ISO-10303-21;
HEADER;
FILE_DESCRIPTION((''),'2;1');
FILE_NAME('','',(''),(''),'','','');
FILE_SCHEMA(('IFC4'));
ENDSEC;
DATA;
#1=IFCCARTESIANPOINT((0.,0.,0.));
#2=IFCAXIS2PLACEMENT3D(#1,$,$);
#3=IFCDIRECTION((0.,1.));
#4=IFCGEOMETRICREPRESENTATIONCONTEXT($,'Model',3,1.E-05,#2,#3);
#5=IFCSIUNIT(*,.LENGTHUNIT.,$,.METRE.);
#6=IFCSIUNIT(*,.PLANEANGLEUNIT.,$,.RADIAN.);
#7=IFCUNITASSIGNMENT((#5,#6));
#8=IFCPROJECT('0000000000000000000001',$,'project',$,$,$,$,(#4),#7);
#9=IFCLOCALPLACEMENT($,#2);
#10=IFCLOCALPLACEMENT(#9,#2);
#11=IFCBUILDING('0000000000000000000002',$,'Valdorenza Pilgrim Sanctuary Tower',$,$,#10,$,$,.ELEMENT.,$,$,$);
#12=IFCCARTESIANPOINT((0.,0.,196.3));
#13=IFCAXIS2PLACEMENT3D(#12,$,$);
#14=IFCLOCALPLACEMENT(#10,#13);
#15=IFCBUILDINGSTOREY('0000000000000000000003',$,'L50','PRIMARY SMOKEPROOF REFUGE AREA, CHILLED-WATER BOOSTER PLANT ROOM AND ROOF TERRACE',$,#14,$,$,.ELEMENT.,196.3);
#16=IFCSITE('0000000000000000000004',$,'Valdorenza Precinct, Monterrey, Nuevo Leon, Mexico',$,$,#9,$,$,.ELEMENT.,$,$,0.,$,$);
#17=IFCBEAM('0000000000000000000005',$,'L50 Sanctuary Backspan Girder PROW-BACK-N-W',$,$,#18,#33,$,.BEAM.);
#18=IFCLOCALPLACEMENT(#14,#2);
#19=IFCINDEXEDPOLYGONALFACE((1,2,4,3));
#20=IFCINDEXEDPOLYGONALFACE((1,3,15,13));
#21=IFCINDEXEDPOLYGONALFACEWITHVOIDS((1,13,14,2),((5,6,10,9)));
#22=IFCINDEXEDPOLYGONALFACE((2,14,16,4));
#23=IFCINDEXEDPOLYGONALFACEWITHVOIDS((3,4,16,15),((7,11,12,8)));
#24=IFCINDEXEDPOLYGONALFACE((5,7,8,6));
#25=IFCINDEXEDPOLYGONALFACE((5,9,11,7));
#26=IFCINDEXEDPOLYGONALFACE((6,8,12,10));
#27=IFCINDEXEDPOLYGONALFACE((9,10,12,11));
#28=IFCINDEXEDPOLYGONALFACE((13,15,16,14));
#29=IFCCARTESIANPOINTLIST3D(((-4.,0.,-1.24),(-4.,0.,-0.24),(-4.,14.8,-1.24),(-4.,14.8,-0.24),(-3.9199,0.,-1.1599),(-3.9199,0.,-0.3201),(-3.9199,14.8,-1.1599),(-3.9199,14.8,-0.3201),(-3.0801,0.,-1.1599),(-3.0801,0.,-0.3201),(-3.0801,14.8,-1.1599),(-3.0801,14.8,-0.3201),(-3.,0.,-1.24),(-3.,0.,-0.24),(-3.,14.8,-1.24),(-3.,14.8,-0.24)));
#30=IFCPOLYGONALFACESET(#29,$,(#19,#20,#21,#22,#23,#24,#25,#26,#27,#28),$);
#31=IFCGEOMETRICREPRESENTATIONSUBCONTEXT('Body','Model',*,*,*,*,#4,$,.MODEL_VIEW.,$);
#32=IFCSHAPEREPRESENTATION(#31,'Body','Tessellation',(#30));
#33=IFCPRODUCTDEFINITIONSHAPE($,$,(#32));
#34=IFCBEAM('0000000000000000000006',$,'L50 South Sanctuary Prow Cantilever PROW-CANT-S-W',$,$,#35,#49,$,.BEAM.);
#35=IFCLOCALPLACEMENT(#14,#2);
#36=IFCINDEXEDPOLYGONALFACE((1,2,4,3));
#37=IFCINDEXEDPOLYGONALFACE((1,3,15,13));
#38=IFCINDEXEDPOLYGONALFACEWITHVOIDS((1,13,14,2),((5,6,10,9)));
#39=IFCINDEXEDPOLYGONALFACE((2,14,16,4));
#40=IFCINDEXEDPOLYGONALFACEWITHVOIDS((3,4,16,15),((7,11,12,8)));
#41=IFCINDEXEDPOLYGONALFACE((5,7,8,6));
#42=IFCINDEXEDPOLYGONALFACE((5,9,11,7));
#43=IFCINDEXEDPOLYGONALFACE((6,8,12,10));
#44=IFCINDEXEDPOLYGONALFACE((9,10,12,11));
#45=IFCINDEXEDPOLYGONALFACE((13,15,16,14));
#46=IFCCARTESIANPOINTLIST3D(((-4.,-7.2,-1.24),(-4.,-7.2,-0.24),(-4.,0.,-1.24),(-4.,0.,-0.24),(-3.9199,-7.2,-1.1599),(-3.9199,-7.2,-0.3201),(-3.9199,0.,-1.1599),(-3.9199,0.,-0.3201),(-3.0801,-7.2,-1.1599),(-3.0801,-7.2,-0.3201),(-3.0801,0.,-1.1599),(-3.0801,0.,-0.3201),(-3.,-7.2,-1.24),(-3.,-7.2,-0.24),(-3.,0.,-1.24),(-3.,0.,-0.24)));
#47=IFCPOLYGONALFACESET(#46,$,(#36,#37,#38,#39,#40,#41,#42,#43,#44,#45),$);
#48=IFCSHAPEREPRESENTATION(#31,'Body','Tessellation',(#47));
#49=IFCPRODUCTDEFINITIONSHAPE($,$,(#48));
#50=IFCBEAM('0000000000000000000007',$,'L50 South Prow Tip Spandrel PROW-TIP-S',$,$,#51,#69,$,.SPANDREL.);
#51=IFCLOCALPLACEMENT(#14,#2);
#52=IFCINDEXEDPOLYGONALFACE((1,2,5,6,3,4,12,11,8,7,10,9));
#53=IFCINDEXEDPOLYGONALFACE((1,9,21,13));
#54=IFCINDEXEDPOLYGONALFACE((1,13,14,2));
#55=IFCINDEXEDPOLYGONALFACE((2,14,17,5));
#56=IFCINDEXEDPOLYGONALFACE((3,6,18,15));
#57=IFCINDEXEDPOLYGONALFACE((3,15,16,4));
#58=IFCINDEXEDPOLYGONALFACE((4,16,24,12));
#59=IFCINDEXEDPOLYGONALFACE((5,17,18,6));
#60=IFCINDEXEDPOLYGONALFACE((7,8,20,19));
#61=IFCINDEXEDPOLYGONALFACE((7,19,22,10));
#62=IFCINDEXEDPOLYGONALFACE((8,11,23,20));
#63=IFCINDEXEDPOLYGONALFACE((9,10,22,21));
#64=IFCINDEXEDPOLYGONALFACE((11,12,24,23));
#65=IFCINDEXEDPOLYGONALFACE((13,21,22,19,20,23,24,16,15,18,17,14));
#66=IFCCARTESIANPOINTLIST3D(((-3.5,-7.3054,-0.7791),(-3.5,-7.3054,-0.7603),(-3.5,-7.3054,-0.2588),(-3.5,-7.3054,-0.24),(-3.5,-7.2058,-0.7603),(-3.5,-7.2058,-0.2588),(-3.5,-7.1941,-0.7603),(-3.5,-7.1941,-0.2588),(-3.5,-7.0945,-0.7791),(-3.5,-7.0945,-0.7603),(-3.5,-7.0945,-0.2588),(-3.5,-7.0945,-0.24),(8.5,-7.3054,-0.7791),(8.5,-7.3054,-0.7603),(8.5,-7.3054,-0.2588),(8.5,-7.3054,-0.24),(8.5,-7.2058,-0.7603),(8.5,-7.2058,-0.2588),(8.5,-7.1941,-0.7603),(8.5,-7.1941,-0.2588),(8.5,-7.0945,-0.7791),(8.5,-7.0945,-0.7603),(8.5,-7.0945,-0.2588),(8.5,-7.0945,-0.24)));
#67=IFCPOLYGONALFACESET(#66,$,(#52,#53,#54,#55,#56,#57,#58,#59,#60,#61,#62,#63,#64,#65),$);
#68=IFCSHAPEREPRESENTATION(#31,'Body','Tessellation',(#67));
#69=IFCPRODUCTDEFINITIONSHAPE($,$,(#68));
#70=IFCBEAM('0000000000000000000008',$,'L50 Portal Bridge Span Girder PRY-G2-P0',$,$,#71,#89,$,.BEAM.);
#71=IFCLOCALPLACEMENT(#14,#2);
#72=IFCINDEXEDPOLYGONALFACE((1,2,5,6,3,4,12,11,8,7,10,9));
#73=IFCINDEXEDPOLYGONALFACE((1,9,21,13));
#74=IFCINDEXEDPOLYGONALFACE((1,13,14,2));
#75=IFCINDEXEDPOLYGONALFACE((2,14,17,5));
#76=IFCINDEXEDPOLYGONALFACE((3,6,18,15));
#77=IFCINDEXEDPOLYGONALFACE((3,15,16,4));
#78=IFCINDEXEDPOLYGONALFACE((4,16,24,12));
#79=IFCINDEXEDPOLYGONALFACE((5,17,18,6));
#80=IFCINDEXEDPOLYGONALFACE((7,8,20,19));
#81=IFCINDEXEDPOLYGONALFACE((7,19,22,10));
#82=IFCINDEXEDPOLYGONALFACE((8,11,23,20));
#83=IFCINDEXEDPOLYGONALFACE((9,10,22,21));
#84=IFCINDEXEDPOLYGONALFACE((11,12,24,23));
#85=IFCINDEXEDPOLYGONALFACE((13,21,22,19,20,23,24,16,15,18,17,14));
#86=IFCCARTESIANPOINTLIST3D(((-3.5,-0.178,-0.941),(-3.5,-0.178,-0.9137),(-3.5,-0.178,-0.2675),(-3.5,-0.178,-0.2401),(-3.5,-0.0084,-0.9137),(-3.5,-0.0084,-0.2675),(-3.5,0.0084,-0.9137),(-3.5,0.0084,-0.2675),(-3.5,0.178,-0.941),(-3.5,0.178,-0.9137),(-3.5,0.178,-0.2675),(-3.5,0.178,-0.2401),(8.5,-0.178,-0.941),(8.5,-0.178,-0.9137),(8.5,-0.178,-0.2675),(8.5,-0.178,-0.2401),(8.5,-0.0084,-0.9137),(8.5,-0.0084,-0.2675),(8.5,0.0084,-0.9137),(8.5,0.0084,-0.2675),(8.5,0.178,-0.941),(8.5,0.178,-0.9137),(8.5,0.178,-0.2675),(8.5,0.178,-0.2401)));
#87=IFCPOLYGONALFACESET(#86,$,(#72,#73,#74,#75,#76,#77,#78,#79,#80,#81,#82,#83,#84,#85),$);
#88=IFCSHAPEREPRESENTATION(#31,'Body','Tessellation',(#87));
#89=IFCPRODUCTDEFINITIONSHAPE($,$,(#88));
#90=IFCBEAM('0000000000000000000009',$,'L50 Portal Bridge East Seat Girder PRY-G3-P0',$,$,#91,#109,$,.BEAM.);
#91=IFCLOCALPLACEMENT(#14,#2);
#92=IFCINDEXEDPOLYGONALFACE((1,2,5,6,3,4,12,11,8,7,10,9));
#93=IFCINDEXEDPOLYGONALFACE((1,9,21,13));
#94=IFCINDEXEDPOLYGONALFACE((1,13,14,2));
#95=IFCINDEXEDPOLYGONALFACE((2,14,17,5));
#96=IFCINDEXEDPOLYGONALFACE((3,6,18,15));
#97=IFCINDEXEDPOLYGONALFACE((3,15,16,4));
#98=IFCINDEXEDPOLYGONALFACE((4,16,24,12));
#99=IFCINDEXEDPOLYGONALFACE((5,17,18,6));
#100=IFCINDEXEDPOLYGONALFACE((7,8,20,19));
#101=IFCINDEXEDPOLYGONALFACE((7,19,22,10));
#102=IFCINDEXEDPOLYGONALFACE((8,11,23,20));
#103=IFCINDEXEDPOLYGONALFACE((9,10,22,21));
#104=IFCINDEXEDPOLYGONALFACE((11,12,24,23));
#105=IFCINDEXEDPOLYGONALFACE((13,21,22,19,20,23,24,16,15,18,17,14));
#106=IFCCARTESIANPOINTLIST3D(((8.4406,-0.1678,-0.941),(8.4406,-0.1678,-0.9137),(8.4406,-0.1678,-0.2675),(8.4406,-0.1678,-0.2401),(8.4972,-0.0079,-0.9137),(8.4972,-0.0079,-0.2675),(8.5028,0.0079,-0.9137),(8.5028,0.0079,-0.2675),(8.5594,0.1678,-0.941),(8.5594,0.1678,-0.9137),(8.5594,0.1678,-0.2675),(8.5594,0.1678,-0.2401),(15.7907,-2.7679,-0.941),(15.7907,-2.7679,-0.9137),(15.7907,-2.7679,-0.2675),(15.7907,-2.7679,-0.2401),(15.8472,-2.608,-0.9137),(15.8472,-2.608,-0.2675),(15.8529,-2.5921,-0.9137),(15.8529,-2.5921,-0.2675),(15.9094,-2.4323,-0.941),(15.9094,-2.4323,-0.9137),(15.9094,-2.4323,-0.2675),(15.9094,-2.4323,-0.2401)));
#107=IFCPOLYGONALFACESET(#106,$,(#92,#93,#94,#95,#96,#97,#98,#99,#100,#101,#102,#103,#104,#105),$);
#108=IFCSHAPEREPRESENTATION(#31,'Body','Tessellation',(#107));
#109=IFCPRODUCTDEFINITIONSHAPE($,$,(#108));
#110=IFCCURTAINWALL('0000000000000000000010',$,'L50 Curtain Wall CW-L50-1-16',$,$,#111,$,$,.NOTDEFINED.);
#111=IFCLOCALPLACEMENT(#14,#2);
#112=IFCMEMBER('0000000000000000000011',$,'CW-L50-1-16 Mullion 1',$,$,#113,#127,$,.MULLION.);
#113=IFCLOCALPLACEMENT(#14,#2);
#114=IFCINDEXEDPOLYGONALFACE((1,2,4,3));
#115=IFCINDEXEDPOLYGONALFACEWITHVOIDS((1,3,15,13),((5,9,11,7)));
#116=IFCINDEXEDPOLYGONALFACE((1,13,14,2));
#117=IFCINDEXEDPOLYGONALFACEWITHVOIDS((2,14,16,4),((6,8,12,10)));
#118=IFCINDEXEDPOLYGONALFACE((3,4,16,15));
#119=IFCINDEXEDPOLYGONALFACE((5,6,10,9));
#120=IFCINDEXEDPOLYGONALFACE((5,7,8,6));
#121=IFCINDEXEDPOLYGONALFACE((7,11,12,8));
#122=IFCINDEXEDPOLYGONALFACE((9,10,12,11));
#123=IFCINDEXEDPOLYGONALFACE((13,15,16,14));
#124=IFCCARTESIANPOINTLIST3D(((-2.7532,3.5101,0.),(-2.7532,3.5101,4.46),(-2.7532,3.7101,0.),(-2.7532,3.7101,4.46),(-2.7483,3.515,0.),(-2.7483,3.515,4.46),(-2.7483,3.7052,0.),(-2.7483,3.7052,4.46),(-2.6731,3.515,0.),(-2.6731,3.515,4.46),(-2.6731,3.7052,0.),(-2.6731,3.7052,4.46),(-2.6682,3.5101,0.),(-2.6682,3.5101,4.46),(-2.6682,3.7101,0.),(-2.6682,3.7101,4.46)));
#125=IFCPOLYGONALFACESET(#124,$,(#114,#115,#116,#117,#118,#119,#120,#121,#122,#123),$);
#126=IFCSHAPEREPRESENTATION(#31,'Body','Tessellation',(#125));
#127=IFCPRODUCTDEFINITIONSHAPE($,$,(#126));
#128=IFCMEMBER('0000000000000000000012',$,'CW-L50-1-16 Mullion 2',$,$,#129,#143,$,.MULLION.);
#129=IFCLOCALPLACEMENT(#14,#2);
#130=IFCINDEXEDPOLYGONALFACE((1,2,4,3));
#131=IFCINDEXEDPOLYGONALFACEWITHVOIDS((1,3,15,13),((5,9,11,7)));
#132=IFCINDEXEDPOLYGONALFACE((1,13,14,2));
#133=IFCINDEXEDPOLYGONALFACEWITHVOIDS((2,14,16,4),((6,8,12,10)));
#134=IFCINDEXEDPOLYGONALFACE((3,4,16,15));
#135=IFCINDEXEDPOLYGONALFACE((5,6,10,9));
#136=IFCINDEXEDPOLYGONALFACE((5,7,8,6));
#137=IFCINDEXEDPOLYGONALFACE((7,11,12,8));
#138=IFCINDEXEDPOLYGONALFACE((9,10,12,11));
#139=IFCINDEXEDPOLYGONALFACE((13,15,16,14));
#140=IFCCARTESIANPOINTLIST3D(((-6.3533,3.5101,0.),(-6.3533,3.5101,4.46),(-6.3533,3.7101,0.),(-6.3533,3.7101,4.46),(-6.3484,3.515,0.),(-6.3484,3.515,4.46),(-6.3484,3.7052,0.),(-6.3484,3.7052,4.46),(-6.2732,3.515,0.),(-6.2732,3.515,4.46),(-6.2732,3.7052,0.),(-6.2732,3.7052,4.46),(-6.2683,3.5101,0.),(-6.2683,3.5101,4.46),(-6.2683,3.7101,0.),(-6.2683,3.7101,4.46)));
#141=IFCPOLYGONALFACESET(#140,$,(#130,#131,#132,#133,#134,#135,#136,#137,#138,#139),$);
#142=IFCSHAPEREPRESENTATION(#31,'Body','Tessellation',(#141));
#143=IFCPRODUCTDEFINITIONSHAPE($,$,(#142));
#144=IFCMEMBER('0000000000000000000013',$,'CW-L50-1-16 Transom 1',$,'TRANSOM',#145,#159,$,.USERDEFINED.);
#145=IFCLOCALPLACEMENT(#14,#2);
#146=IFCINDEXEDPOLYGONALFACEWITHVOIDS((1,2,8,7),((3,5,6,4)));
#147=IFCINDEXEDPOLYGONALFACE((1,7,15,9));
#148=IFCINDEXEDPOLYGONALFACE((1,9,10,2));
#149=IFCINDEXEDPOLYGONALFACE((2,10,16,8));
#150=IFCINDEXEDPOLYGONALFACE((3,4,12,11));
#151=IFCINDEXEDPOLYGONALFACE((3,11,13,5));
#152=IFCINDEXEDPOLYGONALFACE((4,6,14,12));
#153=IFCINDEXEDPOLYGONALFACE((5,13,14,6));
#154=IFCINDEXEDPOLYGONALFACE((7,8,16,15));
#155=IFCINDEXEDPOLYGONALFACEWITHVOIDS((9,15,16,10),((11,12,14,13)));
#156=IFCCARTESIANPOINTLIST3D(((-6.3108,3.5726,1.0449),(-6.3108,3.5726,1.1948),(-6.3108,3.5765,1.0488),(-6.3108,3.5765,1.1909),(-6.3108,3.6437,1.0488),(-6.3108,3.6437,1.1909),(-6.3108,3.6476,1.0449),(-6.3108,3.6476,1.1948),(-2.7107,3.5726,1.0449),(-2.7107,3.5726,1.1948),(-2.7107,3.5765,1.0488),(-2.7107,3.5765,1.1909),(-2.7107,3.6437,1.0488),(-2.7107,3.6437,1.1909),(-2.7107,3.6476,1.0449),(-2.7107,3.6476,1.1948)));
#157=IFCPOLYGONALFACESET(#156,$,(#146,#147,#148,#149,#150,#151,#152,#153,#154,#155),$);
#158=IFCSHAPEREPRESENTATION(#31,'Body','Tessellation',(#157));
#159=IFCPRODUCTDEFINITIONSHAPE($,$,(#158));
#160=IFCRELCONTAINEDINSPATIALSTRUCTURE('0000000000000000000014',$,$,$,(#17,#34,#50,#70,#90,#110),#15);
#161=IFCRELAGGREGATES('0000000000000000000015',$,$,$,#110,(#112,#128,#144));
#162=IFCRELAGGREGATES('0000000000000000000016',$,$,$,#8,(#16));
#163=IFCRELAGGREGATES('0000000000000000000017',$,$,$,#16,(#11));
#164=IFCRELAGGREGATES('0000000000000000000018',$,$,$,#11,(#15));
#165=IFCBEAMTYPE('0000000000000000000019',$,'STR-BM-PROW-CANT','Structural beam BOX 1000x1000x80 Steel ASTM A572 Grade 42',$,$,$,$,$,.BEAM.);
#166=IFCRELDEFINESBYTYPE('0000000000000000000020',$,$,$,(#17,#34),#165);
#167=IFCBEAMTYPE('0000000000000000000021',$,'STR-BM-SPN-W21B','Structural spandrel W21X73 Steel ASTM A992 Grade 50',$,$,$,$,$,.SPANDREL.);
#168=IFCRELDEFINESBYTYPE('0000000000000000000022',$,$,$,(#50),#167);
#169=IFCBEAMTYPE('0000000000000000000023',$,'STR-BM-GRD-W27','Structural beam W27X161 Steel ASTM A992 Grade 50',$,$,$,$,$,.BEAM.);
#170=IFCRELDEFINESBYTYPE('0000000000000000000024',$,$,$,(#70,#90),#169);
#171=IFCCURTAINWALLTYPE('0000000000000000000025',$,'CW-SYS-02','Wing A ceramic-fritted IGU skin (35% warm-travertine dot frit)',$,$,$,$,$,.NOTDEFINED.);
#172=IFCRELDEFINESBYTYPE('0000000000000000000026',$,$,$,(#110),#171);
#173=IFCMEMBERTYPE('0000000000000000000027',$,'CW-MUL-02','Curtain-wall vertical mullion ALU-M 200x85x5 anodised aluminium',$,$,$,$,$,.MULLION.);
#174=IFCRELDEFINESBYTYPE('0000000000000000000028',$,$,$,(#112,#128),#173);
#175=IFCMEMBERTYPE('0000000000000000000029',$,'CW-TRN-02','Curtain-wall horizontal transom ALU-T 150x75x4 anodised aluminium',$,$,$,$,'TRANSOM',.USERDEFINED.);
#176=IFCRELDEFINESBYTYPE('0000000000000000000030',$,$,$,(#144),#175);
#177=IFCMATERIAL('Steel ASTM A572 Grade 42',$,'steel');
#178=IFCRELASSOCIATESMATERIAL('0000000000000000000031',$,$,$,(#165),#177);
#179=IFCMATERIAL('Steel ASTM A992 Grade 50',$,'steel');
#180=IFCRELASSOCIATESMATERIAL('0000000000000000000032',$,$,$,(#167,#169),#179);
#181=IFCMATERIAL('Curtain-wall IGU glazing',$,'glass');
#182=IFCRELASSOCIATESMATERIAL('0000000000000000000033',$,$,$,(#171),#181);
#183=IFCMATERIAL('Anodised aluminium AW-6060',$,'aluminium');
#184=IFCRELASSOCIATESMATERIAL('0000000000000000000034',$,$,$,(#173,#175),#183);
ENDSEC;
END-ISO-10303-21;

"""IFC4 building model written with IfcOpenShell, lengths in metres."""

from ifc_helpers import new_model, si_unit, direction, frame, origin, origin_2d, place, context, subcontext, project, spatial, hollow_rectangle, i_section, extrude, source, transform, mapped, material, material_profile, profile_set, type_object, element, aggregate, save


model = new_model("IFC4")

# Units and contexts
model_context = context("Model", 3, precision=1e-05, world=origin(), true_north=direction((0.0, 1.0)))
body_context = subcontext(model_context, "Body", "Model", "MODEL_VIEW")
ifc_project = project(units=[si_unit("LENGTHUNIT", "METRE"), si_unit("PLANEANGLEUNIT", "RADIAN")], contexts=[model_context])

# Site, building, storey
site_placement = place(None, origin())
site = spatial("IfcSite", under=ifc_project, at=site_placement, Name="Valdorenza Precinct, Monterrey, Nuevo Leon, Mexico", CompositionType="ELEMENT", RefElevation=0.0)
building_placement = place(site_placement, origin())
building = spatial("IfcBuilding", under=site, at=building_placement, Name="Valdorenza Pilgrim Sanctuary Tower", CompositionType="ELEMENT")
storey_placement = place(building_placement, frame((0.0, 0.0, 196.3)))
storey = spatial("IfcBuildingStorey", under=building, at=storey_placement, Name="L50", Description="PRIMARY SMOKEPROOF REFUGE AREA, CHILLED-WATER BOOSTER PLANT ROOM AND ROOF TERRACE", CompositionType="ELEMENT", Elevation=196.3)

# Beams
ifc_material_1 = material(Name="Steel ASTM A572 Grade 42", Category="steel")
ifc_material_profile_1 = material_profile(ifc_material_1, hollow_rectangle(XDim=1.0, YDim=1.0, WallThickness=0.0801, at=origin_2d()), Name="BOX 1000x1000x80")
ifc_profile_set_1 = profile_set([ifc_material_profile_1], Name="Steel ASTM A572 Grade 42")
beam_type_1 = type_object("IfcBeamType", Name="STR-BM-PROW-CANT", Description="Structural beam BOX 1000x1000x80 Steel ASTM A572 Grade 42", PredefinedType="BEAM", material=ifc_profile_set_1)
shared_shape_1 = source(origin(), body_context, "Body", "SweptSolid", [
    extrude(hollow_rectangle(XDim=1.0, YDim=1.0, WallThickness=0.0801, at=origin_2d()), origin(), (0.0, 0.0, 1.0), 14.8),
])
beam_1_placement = place(storey_placement, frame((-3.5, 0.0, -0.74), z_axis=(0.0, 1.0, 0.0), x_axis=(-1.0, 0.0, 0.0)))
element("IfcBeam", 1, at=beam_1_placement, inside=storey, type_object=beam_type_1, Name="L50 Sanctuary Backspan Girder PROW-BACK-N-W", PredefinedType="BEAM", context=body_context, shape_type="MappedRepresentation", body=[
    mapped(shared_shape_1, transform((0.0, 0.0, 0.0), x_axis=(1.0, 0.0, 0.0), y_axis=(0.0, 1.0, 0.0), z_axis=(0.0, 0.0, 1.0), scale=1.0)),
])
shared_shape_2 = source(origin(), body_context, "Body", "SweptSolid", [
    extrude(hollow_rectangle(XDim=1.0, YDim=1.0, WallThickness=0.0801, at=origin_2d()), origin(), (0.0, 0.0, 1.0), 7.2),
])
beam_2_placement = place(storey_placement, frame((-3.5, 0.0, -0.74), z_axis=(0.0, -1.0, 0.0), x_axis=(1.0, 0.0, 0.0)))
element("IfcBeam", 2, at=beam_2_placement, inside=storey, type_object=beam_type_1, Name="L50 South Sanctuary Prow Cantilever PROW-CANT-S-W", PredefinedType="BEAM", context=body_context, shape_type="MappedRepresentation", body=[
    mapped(shared_shape_2, transform((0.0, 0.0, 0.0), x_axis=(1.0, 0.0, 0.0), y_axis=(0.0, 1.0, 0.0), z_axis=(0.0, 0.0, 1.0), scale=1.0)),
])
ifc_material_2 = material(Name="Steel ASTM A992 Grade 50", Category="steel")
ifc_material_profile_2 = material_profile(ifc_material_2, i_section(OverallWidth=0.2109, OverallDepth=0.5391, WebThickness=0.0117, FlangeThickness=0.0188, at=origin_2d()), Name="W21X73")
ifc_profile_set_2 = profile_set([ifc_material_profile_2], Name="Steel ASTM A992 Grade 50")
beam_type_2 = type_object("IfcBeamType", Name="STR-BM-SPN-W21B", Description="Structural spandrel W21X73 Steel ASTM A992 Grade 50", PredefinedType="SPANDREL", material=ifc_profile_set_2)
shared_shape_3 = source(origin(), body_context, "Body", "SweptSolid", [
    extrude(i_section(OverallWidth=0.2109, OverallDepth=0.5391, WebThickness=0.0117, FlangeThickness=0.0188, at=origin_2d()), origin(), (0.0, 0.0, 1.0), 12.0),
])
beam_3_placement = place(storey_placement, frame((-3.5, -7.2, -0.5095), z_axis=(1.0, 0.0, 0.0), x_axis=(0.0, 1.0, 0.0)))
element("IfcBeam", 3, at=beam_3_placement, inside=storey, type_object=beam_type_2, Name="L50 South Prow Tip Spandrel PROW-TIP-S", PredefinedType="SPANDREL", context=body_context, shape_type="MappedRepresentation", body=[
    mapped(shared_shape_3, transform((0.0, 0.0, 0.0), x_axis=(1.0, 0.0, 0.0), y_axis=(0.0, 1.0, 0.0), z_axis=(0.0, 0.0, 1.0), scale=1.0)),
])
ifc_material_profile_3 = material_profile(ifc_material_2, i_section(OverallWidth=0.356, OverallDepth=0.7009, WebThickness=0.0168, FlangeThickness=0.0273, at=origin_2d()), Name="W27X161")
ifc_profile_set_3 = profile_set([ifc_material_profile_3], Name="Steel ASTM A992 Grade 50")
beam_type_3 = type_object("IfcBeamType", Name="STR-BM-GRD-W27", Description="Structural beam W27X161 Steel ASTM A992 Grade 50", PredefinedType="BEAM", material=ifc_profile_set_3)
shared_shape_4 = source(origin(), body_context, "Body", "SweptSolid", [
    extrude(i_section(OverallWidth=0.356, OverallDepth=0.7009, WebThickness=0.0168, FlangeThickness=0.0273, at=origin_2d()), origin(), (0.0, 0.0, 1.0), 12.0),
])
beam_4_placement = place(storey_placement, frame((-3.5, 0.0, -0.5906), z_axis=(1.0, 0.0, 0.0), x_axis=(0.0, 1.0, 0.0)))
element("IfcBeam", 4, at=beam_4_placement, inside=storey, type_object=beam_type_3, Name="L50 Portal Bridge Span Girder PRY-G2-P0", PredefinedType="BEAM", context=body_context, shape_type="MappedRepresentation", body=[
    mapped(shared_shape_4, transform((0.0, 0.0, 0.0), x_axis=(1.0, 0.0, 0.0), y_axis=(0.0, 1.0, 0.0), z_axis=(0.0, 0.0, 1.0), scale=1.0)),
])
shared_shape_5 = source(origin(), body_context, "Body", "SweptSolid", [
    extrude(i_section(OverallWidth=0.356, OverallDepth=0.7009, WebThickness=0.0168, FlangeThickness=0.0273, at=origin_2d()), origin(), (0.0, 0.0, 1.0), 7.7964),
])
beam_5_placement = place(storey_placement, frame((8.5, 0.0, -0.5906), z_axis=(0.942751, -0.333498, 0.0), x_axis=(0.333498, 0.942751, 0.0)))
element("IfcBeam", 5, at=beam_5_placement, inside=storey, type_object=beam_type_3, Name="L50 Portal Bridge East Seat Girder PRY-G3-P0", PredefinedType="BEAM", context=body_context, shape_type="MappedRepresentation", body=[
    mapped(shared_shape_5, transform((0.0, 0.0, 0.0), x_axis=(1.0, 0.0, 0.0), y_axis=(0.0, 1.0, 0.0), z_axis=(0.0, 0.0, 1.0), scale=1.0)),
])

# Curtain wall, members
ifc_material_3 = material(Name="Curtain-wall IGU glazing", Category="glass")
curtain_wall_type = type_object("IfcCurtainWallType", Name="CW-SYS-02", Description="Wing A ceramic-fritted IGU skin (35% warm-travertine dot frit)", PredefinedType="NOTDEFINED", material=ifc_material_3)
curtain_wall_placement = place(storey_placement, origin())
curtain_wall = element("IfcCurtainWall", 6, at=curtain_wall_placement, inside=storey, type_object=curtain_wall_type, Name="L50 Curtain Wall CW-L50-1-16", PredefinedType="NOTDEFINED")
ifc_material_4 = material(Name="Anodised aluminium AW-6060", Category="aluminium")
ifc_material_profile_4 = material_profile(ifc_material_4, hollow_rectangle(XDim=0.085, YDim=0.2, WallThickness=0.0049, at=origin_2d()), Name="ALU-M 200x85x5")
ifc_profile_set_4 = profile_set([ifc_material_profile_4], Name="Anodised aluminium AW-6060")
member_type_1 = type_object("IfcMemberType", Name="CW-MUL-02", Description="Curtain-wall vertical mullion ALU-M 200x85x5 anodised aluminium", PredefinedType="MULLION", material=ifc_profile_set_4)
shared_shape_6 = source(origin(), body_context, "Body", "SweptSolid", [
    extrude(hollow_rectangle(XDim=0.085, YDim=0.2, WallThickness=0.0049, at=origin_2d()), origin(), (0.0, 0.0, 1.0), 4.46),
])
member_1_placement = place(storey_placement, frame((-2.7107, 3.6101, 0.0), z_axis=(0.0, 0.0, 1.0), x_axis=(-1.0, 0.0, 0.0)))
member_1 = element("IfcMember", 7, at=member_1_placement, type_object=member_type_1, Name="CW-L50-1-16 Mullion 1", PredefinedType="MULLION", context=body_context, shape_type="MappedRepresentation", body=[
    mapped(shared_shape_6, transform((0.0, 0.0, 0.0), x_axis=(1.0, 0.0, 0.0), y_axis=(0.0, 1.0, 0.0), z_axis=(0.0, 0.0, 1.0), scale=1.0)),
])
member_2_placement = place(storey_placement, frame((-6.3108, 3.6101, 0.0), z_axis=(0.0, 0.0, 1.0), x_axis=(-1.0, 0.0, 0.0)))
member_2 = element("IfcMember", 8, at=member_2_placement, type_object=member_type_1, Name="CW-L50-1-16 Mullion 2", PredefinedType="MULLION", context=body_context, shape_type="MappedRepresentation", body=[
    mapped(shared_shape_6, transform((0.0, 0.0, 0.0), x_axis=(1.0, 0.0, 0.0), y_axis=(0.0, 1.0, 0.0), z_axis=(0.0, 0.0, 1.0), scale=1.0)),
])
ifc_material_profile_5 = material_profile(ifc_material_4, hollow_rectangle(XDim=0.075, YDim=0.1499, WallThickness=0.0039, at=origin_2d()), Name="ALU-T 150x75x4")
ifc_profile_set_5 = profile_set([ifc_material_profile_5], Name="Anodised aluminium AW-6060")
member_type_2 = type_object("IfcMemberType", Name="CW-TRN-02", Description="Curtain-wall horizontal transom ALU-T 150x75x4 anodised aluminium", ElementType="TRANSOM", PredefinedType="USERDEFINED", material=ifc_profile_set_5)
shared_shape_7 = source(origin(), body_context, "Body", "SweptSolid", [
    extrude(hollow_rectangle(XDim=0.075, YDim=0.1499, WallThickness=0.0039, at=origin_2d()), origin(), (0.0, 0.0, 1.0), 3.6001),
])
member_3_placement = place(storey_placement, frame((-2.7107, 3.6101, 1.1199), z_axis=(-1.0, 0.0, 0.0), x_axis=(0.0, -1.0, 0.0)))
member_3 = element("IfcMember", 9, at=member_3_placement, type_object=member_type_2, Name="CW-L50-1-16 Transom 1", ObjectType="TRANSOM", PredefinedType="USERDEFINED", context=body_context, shape_type="MappedRepresentation", body=[
    mapped(shared_shape_7, transform((0.0, 0.0, 0.0), x_axis=(1.0, 0.0, 0.0), y_axis=(0.0, 1.0, 0.0), z_axis=(0.0, 0.0, 1.0), scale=1.0)),
])

aggregate(curtain_wall, [member_1, member_2, member_3])

save(model, "model.ifc")
